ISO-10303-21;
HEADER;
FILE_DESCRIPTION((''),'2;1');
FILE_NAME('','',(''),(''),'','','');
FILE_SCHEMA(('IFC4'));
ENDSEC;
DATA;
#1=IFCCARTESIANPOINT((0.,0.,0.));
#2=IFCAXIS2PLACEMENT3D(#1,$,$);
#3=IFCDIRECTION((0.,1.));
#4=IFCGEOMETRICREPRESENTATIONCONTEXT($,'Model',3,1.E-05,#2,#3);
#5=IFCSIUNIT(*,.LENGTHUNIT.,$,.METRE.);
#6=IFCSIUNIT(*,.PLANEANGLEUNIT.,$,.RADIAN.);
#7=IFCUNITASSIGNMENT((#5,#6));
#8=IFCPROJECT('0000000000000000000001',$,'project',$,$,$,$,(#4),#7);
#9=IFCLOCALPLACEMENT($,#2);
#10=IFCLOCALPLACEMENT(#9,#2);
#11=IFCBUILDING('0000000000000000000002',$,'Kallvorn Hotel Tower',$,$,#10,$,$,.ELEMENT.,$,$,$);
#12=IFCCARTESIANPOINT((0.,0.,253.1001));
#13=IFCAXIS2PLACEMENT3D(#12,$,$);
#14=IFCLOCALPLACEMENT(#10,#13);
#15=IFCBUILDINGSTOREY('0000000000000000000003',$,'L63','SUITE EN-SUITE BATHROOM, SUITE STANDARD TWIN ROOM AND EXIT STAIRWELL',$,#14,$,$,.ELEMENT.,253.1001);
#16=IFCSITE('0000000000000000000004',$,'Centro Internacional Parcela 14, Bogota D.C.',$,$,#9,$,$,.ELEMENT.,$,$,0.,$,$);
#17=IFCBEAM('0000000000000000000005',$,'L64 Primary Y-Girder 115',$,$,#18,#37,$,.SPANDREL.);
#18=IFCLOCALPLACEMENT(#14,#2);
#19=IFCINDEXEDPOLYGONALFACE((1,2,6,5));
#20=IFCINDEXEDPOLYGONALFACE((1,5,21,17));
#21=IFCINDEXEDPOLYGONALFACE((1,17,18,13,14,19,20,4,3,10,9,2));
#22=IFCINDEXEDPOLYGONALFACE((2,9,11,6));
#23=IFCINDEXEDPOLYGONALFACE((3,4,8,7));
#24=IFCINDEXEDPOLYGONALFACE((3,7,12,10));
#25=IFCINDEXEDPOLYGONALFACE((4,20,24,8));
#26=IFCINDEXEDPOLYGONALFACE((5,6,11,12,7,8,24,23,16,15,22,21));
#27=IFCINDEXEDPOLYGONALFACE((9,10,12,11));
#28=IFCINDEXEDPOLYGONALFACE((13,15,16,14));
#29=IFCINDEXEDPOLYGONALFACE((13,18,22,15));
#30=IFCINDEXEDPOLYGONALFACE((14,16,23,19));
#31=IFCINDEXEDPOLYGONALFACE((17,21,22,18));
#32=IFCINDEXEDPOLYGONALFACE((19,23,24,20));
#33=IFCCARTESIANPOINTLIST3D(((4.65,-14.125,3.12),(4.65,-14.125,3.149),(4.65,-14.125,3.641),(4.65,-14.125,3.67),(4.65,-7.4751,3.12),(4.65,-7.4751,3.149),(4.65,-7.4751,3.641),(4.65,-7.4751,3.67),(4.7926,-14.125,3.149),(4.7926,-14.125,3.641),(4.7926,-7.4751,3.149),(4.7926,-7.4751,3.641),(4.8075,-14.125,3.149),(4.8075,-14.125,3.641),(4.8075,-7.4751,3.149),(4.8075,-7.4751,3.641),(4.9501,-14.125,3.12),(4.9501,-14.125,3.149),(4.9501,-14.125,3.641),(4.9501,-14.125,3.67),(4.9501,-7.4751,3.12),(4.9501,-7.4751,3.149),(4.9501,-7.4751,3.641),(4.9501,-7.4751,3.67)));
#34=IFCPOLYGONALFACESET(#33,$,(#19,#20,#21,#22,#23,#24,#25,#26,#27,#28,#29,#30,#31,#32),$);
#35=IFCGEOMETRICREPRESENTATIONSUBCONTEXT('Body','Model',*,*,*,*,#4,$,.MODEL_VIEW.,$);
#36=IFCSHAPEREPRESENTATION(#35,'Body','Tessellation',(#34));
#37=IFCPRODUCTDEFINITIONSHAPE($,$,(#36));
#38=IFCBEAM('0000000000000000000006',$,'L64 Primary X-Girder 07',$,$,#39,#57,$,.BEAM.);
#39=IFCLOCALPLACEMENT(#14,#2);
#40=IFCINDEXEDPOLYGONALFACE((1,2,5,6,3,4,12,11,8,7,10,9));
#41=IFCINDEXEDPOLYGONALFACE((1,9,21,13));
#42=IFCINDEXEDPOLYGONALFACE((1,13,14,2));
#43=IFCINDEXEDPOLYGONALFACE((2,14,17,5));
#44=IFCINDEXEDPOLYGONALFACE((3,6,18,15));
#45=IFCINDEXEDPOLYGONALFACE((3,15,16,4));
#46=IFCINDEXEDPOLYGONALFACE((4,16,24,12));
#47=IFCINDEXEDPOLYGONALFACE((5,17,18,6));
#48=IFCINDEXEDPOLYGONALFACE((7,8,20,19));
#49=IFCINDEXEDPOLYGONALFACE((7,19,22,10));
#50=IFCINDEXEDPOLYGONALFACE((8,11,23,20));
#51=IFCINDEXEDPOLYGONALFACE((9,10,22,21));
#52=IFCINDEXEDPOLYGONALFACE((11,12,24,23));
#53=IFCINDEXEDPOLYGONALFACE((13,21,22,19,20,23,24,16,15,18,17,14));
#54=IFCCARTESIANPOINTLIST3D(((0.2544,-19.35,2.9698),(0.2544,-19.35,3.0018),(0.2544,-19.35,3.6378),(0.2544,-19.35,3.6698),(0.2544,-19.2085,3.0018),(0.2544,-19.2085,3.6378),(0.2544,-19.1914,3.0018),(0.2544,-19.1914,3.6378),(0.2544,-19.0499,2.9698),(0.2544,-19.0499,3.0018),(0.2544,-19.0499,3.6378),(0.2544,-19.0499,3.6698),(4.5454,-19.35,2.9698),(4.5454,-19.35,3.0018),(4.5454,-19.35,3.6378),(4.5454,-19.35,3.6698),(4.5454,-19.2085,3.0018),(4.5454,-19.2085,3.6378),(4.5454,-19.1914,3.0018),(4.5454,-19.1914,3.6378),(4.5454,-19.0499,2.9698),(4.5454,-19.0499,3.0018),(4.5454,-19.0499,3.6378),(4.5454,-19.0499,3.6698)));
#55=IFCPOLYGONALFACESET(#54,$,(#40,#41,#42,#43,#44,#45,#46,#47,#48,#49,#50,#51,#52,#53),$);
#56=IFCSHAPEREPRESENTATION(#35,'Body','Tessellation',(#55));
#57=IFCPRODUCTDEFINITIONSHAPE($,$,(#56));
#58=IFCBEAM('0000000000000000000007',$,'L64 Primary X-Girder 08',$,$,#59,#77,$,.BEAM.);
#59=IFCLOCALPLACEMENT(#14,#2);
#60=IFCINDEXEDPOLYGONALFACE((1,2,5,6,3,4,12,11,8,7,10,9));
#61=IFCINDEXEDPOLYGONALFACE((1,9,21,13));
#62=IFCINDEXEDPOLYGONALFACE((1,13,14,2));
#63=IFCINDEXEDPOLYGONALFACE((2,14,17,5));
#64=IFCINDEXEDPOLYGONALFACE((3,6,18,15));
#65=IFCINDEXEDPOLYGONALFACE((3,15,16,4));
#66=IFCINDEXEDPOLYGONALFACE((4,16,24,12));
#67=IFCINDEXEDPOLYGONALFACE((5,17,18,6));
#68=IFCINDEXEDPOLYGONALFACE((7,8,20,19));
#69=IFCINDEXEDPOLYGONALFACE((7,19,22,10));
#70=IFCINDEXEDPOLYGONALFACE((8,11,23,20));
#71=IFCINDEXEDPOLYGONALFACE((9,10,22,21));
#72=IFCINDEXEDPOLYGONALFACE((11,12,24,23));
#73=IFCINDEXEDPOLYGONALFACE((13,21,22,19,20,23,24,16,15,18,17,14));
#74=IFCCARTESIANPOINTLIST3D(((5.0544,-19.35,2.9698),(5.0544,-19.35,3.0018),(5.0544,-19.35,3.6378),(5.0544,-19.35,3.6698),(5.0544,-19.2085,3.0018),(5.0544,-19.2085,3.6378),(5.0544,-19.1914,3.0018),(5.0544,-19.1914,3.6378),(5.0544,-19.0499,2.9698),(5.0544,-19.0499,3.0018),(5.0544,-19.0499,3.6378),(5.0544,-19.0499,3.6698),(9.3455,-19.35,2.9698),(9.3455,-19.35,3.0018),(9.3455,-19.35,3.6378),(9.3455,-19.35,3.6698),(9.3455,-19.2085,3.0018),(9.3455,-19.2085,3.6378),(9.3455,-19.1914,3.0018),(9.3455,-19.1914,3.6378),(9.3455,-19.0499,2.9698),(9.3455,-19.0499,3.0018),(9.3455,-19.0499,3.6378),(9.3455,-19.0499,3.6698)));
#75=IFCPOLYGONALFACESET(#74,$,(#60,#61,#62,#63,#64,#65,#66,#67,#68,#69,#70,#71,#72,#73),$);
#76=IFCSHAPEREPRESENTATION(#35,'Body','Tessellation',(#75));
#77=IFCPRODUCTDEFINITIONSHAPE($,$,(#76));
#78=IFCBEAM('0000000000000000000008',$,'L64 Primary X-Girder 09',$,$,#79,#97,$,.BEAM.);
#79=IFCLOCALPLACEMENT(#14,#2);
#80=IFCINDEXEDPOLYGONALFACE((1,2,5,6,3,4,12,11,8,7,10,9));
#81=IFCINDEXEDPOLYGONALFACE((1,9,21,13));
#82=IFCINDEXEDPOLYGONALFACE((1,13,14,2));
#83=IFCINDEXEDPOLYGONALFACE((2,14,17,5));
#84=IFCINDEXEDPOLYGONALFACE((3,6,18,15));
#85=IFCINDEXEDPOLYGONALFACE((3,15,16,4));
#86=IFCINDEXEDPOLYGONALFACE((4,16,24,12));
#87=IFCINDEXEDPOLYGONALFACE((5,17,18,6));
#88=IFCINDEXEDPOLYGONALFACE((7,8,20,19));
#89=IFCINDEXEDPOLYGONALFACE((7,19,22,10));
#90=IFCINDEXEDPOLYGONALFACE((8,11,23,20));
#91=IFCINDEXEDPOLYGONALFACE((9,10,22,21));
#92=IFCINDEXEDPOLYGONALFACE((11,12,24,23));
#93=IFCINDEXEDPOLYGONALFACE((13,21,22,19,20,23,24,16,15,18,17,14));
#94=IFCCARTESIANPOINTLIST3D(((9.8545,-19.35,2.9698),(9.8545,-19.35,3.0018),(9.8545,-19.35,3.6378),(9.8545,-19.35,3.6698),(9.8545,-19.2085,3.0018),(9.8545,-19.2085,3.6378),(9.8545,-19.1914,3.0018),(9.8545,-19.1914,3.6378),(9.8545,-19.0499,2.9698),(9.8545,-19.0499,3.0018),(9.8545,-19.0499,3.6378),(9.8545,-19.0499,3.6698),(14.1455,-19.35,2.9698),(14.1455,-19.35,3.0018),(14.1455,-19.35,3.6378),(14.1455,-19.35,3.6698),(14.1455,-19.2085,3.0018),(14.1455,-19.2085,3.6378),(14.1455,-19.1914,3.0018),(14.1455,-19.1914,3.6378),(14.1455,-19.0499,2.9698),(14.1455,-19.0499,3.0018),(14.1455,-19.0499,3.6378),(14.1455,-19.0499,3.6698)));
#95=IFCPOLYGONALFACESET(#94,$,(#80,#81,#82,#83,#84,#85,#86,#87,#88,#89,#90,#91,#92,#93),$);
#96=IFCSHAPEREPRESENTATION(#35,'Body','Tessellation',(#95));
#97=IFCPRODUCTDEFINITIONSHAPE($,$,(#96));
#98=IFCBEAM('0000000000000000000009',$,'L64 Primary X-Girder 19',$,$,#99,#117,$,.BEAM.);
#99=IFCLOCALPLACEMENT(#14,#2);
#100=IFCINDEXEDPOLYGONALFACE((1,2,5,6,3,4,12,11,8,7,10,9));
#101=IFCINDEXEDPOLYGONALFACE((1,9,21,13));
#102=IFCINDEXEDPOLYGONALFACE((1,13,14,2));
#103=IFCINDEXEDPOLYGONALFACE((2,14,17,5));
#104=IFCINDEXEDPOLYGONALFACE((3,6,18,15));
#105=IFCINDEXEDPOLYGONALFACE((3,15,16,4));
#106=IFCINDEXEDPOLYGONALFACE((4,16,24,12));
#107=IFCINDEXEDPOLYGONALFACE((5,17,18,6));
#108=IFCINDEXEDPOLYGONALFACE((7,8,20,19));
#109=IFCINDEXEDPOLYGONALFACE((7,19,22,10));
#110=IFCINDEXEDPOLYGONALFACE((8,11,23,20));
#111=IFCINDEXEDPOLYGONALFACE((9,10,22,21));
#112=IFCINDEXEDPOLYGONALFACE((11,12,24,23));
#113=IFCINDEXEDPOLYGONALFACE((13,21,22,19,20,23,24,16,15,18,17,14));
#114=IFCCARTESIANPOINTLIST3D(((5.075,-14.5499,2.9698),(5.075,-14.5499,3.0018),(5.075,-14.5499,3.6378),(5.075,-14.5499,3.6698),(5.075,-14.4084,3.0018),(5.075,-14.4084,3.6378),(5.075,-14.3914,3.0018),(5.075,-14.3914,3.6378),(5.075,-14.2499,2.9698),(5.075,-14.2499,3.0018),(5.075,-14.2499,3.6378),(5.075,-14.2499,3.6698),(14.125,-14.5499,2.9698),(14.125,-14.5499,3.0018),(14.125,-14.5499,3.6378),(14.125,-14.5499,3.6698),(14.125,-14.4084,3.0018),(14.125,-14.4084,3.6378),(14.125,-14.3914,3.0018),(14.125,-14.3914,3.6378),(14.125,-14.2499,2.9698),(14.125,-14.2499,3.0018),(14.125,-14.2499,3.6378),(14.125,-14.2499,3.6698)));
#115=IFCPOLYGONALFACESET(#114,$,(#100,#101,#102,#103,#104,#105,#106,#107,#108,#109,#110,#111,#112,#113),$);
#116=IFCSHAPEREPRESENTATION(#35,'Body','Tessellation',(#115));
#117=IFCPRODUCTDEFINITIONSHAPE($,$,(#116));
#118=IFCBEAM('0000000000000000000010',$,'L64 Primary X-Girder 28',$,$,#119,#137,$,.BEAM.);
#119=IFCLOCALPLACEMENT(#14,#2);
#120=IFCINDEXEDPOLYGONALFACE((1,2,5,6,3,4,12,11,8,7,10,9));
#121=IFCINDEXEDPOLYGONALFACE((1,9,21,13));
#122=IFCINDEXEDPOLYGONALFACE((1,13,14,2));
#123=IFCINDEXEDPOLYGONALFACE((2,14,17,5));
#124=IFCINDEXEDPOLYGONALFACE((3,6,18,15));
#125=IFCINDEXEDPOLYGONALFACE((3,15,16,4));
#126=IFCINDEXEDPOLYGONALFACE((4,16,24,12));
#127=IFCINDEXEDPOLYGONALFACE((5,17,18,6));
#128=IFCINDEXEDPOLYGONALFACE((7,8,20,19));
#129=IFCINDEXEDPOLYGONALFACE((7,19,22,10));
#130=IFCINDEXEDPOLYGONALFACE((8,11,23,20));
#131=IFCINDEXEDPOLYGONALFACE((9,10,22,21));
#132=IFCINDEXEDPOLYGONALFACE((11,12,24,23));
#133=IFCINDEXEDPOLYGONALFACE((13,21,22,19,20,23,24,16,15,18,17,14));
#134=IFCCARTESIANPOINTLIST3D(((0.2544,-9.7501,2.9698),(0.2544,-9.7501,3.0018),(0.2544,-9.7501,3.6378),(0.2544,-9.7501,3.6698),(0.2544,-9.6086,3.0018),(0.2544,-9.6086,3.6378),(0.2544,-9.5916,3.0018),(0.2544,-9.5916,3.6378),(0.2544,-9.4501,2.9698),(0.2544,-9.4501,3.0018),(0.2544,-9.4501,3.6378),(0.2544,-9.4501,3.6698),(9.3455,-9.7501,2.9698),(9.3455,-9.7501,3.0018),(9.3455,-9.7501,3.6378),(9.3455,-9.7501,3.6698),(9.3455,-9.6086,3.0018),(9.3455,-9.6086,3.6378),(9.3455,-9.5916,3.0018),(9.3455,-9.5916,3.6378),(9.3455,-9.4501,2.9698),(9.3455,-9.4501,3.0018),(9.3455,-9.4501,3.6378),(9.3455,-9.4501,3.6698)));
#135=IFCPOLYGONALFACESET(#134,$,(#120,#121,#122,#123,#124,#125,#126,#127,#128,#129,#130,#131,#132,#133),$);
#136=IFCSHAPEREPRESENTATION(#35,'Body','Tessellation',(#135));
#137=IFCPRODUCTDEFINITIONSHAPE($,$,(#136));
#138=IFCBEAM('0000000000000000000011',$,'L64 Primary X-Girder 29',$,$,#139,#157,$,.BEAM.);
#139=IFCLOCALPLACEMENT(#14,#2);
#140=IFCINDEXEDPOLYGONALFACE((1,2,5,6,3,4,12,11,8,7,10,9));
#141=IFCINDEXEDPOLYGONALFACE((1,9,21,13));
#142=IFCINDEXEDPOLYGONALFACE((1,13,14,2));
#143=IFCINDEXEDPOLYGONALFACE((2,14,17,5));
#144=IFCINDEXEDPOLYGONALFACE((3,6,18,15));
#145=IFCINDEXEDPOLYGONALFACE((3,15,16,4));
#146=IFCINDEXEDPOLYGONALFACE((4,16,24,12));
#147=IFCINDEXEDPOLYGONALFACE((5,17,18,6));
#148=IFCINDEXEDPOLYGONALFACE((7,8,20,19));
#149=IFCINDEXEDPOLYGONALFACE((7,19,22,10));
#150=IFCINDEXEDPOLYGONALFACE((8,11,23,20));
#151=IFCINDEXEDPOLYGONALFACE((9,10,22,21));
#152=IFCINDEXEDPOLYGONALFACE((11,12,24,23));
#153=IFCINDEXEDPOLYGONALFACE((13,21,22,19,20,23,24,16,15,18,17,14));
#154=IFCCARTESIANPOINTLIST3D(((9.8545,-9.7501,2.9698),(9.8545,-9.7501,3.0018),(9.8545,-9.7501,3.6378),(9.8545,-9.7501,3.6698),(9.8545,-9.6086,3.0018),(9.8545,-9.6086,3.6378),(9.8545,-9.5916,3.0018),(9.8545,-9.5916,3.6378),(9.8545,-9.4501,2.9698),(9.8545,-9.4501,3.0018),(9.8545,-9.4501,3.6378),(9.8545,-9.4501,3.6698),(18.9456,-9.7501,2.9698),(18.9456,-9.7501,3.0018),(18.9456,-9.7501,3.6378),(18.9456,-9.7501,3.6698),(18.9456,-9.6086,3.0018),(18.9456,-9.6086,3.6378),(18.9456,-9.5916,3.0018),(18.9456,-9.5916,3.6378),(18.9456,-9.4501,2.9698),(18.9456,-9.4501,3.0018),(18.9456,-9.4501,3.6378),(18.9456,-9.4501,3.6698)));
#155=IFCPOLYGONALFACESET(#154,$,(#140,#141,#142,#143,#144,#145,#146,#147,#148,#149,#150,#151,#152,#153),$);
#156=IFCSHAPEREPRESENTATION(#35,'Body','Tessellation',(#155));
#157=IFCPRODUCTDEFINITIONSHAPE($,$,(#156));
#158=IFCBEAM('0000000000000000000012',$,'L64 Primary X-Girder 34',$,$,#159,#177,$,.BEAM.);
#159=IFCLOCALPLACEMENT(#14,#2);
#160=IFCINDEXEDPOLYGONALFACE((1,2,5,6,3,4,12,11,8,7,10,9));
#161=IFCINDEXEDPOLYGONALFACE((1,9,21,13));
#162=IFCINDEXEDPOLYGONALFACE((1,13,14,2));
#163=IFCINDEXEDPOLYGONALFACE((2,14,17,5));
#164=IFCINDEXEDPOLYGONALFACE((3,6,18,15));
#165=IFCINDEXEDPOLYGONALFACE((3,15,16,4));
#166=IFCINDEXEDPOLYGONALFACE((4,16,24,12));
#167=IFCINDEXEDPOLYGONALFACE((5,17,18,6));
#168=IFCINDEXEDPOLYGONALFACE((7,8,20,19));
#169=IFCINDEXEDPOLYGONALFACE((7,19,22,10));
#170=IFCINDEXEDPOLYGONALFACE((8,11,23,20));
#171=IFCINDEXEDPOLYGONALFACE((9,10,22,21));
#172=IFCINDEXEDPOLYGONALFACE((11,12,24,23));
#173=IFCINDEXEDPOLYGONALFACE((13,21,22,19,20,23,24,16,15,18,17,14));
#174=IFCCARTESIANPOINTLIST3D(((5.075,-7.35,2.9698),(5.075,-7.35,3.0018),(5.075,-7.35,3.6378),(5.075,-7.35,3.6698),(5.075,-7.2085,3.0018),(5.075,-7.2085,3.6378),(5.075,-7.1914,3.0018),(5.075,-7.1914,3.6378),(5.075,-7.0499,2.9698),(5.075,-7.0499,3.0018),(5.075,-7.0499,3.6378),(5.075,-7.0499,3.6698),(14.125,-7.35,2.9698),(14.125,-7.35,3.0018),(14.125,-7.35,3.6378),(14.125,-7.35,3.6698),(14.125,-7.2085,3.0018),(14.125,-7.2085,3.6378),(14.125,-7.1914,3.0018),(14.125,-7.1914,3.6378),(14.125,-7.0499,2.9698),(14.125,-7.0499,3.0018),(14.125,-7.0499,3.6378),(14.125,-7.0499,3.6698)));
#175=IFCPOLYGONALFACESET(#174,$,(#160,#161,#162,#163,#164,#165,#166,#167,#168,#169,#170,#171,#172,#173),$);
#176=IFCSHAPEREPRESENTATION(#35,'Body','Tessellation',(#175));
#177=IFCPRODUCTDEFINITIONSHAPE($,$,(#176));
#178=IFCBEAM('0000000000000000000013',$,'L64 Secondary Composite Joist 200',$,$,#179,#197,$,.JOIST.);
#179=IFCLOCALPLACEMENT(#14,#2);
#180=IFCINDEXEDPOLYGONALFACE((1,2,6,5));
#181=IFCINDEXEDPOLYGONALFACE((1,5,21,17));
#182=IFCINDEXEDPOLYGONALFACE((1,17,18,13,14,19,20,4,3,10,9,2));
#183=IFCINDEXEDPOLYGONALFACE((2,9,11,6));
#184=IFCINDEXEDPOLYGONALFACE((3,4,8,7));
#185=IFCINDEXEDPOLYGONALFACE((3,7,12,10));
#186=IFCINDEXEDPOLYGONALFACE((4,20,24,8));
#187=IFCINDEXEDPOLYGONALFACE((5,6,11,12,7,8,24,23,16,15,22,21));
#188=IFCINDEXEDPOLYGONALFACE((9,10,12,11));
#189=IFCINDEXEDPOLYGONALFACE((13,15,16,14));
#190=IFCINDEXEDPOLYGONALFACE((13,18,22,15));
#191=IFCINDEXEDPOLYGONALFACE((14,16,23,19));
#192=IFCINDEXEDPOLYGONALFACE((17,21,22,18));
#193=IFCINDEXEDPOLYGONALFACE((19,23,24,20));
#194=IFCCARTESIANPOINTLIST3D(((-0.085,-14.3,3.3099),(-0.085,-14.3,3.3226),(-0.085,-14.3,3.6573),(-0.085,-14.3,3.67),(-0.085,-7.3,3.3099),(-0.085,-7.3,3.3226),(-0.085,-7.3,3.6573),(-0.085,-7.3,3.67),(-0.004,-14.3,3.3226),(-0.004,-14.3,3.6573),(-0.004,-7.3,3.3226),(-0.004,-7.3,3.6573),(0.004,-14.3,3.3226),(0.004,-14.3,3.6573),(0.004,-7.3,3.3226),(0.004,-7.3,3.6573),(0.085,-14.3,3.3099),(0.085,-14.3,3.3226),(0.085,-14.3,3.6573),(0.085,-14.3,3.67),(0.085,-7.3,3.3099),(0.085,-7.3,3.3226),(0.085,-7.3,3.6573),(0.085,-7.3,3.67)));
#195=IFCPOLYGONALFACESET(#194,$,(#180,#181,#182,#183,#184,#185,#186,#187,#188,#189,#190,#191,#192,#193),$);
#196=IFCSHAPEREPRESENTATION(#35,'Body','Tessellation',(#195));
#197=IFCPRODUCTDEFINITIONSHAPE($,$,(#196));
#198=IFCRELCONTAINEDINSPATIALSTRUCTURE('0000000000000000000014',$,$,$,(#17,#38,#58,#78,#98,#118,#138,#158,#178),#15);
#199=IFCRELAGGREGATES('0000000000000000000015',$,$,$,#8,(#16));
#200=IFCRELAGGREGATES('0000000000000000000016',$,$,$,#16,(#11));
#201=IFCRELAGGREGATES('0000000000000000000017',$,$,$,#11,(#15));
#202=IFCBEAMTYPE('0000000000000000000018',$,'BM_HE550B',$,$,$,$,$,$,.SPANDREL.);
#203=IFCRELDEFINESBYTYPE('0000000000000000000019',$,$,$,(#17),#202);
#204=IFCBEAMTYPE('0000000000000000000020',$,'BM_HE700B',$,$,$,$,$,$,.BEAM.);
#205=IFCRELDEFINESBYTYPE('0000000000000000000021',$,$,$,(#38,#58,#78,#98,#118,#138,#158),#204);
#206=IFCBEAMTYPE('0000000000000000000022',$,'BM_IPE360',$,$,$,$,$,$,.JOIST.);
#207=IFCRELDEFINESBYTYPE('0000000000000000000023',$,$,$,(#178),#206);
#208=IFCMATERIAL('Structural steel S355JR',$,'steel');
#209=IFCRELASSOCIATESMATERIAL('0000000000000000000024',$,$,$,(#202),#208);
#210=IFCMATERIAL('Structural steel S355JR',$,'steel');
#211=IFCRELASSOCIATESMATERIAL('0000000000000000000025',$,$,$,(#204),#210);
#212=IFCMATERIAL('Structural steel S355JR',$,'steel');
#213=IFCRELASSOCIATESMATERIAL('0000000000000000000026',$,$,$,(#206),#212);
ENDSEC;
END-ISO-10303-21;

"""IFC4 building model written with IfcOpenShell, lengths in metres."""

from ifc_helpers import new_model, si_unit, direction, frame, origin, origin_2d, place, context, subcontext, project, spatial, i_section, extrude, material, material_profile, profile_set, type_object, element, save


model = new_model("IFC4")

# Units and contexts
model_context = context("Model", 3, precision=1e-05, world=origin(), true_north=direction((0.0, 1.0)))
body_context = subcontext(model_context, "Body", "Model", "MODEL_VIEW")
ifc_project = project(units=[si_unit("LENGTHUNIT", "METRE"), si_unit("PLANEANGLEUNIT", "RADIAN")], contexts=[model_context])

# Site, building, storey
site_placement = place(None, origin())
site = spatial("IfcSite", under=ifc_project, at=site_placement, Name="Centro Internacional Parcela 14, Bogota D.C.", CompositionType="ELEMENT", RefElevation=0.0)
building_placement = place(site_placement, origin())
building = spatial("IfcBuilding", under=site, at=building_placement, Name="Kallvorn Hotel Tower", CompositionType="ELEMENT")
storey_placement = place(building_placement, frame((0.0, 0.0, 253.1001)))
storey = spatial("IfcBuildingStorey", under=building, at=storey_placement, Name="L63", Description="SUITE EN-SUITE BATHROOM, SUITE STANDARD TWIN ROOM AND EXIT STAIRWELL", CompositionType="ELEMENT", Elevation=253.1001)

# Beams
ifc_material_1 = material(Name="Structural steel S355JR", Category="steel")
ifc_material_profile_1 = material_profile(ifc_material_1, i_section(OverallWidth=0.3, OverallDepth=0.55, WebThickness=0.0149, FlangeThickness=0.0291, at=origin_2d()), Name="HE 550 B")
ifc_profile_set_1 = profile_set([ifc_material_profile_1], Name="Structural steel S355JR")
beam_type_1 = type_object("IfcBeamType", Name="BM_HE550B", PredefinedType="SPANDREL", material=ifc_profile_set_1)
beam_1_placement = place(storey_placement, frame((4.8, -14.125, 3.395), z_axis=(0.0, 1.0, 0.0), x_axis=(-1.0, 0.0, 0.0)))
element("IfcBeam", 1, at=beam_1_placement, inside=storey, type_object=beam_type_1, Name="L64 Primary Y-Girder 115", PredefinedType="SPANDREL", context=body_context, shape_type="SweptSolid", body=[
    extrude(i_section(OverallWidth=0.3, OverallDepth=0.55, WebThickness=0.0149, FlangeThickness=0.0291, at=origin_2d()), origin(), (0.0, 0.0, 1.0), 6.6499),
])
ifc_material_2 = material(Name="Structural steel S355JR", Category="steel")
ifc_material_profile_2 = material_profile(ifc_material_2, i_section(OverallWidth=0.3, OverallDepth=0.7, WebThickness=0.0171, FlangeThickness=0.032, at=origin_2d()), Name="HE 700 B")
ifc_profile_set_2 = profile_set([ifc_material_profile_2], Name="Structural steel S355JR")
beam_type_2 = type_object("IfcBeamType", Name="BM_HE700B", PredefinedType="BEAM", material=ifc_profile_set_2)
for number, where, z_axis, x_axis, name in (
    (2, (0.2544, -19.2, 3.3198), (1.0, 0.0, 0.0), (0.0, 1.0, 0.0), "L64 Primary X-Girder 07"),
    (3, (5.0544, -19.2, 3.3198), (1.0, 0.0, 0.0), (0.0, 1.0, 0.0), "L64 Primary X-Girder 08"),
    (4, (9.8545, -19.2, 3.3198), (1.0, 0.0, 0.0), (0.0, 1.0, 0.0), "L64 Primary X-Girder 09"),
):
    element("IfcBeam", number, at=place(storey_placement, frame(where, z_axis=z_axis, x_axis=x_axis)), inside=storey, type_object=beam_type_2, Name=name, PredefinedType="BEAM", context=body_context, shape_type="SweptSolid", body=[
        extrude(i_section(OverallWidth=0.3, OverallDepth=0.7, WebThickness=0.0171, FlangeThickness=0.032, at=origin_2d()), origin(), (0.0, 0.0, 1.0), 4.291),
    ])
beam_2_placement = place(storey_placement, frame((5.075, -14.3999, 3.3198), z_axis=(1.0, 0.0, 0.0), x_axis=(0.0, 1.0, 0.0)))
element("IfcBeam", 5, at=beam_2_placement, inside=storey, type_object=beam_type_2, Name="L64 Primary X-Girder 19", PredefinedType="BEAM", context=body_context, shape_type="SweptSolid", body=[
    extrude(i_section(OverallWidth=0.3, OverallDepth=0.7, WebThickness=0.0171, FlangeThickness=0.032, at=origin_2d()), origin(), (0.0, 0.0, 1.0), 9.05),
])
for number, where, z_axis, x_axis, name in (
    (6, (0.2544, -9.6001, 3.3198), (1.0, 0.0, 0.0), (0.0, 1.0, 0.0), "L64 Primary X-Girder 28"),
    (7, (9.8545, -9.6001, 3.3198), (1.0, 0.0, 0.0), (0.0, 1.0, 0.0), "L64 Primary X-Girder 29"),
):
    element("IfcBeam", number, at=place(storey_placement, frame(where, z_axis=z_axis, x_axis=x_axis)), inside=storey, type_object=beam_type_2, Name=name, PredefinedType="BEAM", context=body_context, shape_type="SweptSolid", body=[
        extrude(i_section(OverallWidth=0.3, OverallDepth=0.7, WebThickness=0.0171, FlangeThickness=0.032, at=origin_2d()), origin(), (0.0, 0.0, 1.0), 9.0911),
    ])
beam_3_placement = place(storey_placement, frame((5.075, -7.2, 3.3198), z_axis=(1.0, 0.0, 0.0), x_axis=(0.0, 1.0, 0.0)))
element("IfcBeam", 8, at=beam_3_placement, inside=storey, type_object=beam_type_2, Name="L64 Primary X-Girder 34", PredefinedType="BEAM", context=body_context, shape_type="SweptSolid", body=[
    extrude(i_section(OverallWidth=0.3, OverallDepth=0.7, WebThickness=0.0171, FlangeThickness=0.032, at=origin_2d()), origin(), (0.0, 0.0, 1.0), 9.05),
])
ifc_material_3 = material(Name="Structural steel S355JR", Category="steel")
ifc_material_profile_3 = material_profile(ifc_material_3, i_section(OverallWidth=0.1699, OverallDepth=0.3601, WebThickness=0.0081, FlangeThickness=0.0127, at=origin_2d()), Name="IPE 360")
ifc_profile_set_3 = profile_set([ifc_material_profile_3], Name="Structural steel S355JR")
beam_type_3 = type_object("IfcBeamType", Name="BM_IPE360", PredefinedType="JOIST", material=ifc_profile_set_3)
for number, where, z_axis, x_axis, name in (
    (9, (0.0, -14.3, 3.49), (0.0, 1.0, 0.0), (-1.0, 0.0, 0.0), "L64 Secondary Composite Joist 200"),
):
    element("IfcBeam", number, at=place(storey_placement, frame(where, z_axis=z_axis, x_axis=x_axis)), inside=storey, type_object=beam_type_3, Name=name, PredefinedType="JOIST", context=body_context, shape_type="SweptSolid", body=[
        extrude(i_section(OverallWidth=0.1699, OverallDepth=0.3601, WebThickness=0.0081, FlangeThickness=0.0127, at=origin_2d()), origin(), (0.0, 0.0, 1.0), 7.0),
    ])

save(model, "model.ifc")
